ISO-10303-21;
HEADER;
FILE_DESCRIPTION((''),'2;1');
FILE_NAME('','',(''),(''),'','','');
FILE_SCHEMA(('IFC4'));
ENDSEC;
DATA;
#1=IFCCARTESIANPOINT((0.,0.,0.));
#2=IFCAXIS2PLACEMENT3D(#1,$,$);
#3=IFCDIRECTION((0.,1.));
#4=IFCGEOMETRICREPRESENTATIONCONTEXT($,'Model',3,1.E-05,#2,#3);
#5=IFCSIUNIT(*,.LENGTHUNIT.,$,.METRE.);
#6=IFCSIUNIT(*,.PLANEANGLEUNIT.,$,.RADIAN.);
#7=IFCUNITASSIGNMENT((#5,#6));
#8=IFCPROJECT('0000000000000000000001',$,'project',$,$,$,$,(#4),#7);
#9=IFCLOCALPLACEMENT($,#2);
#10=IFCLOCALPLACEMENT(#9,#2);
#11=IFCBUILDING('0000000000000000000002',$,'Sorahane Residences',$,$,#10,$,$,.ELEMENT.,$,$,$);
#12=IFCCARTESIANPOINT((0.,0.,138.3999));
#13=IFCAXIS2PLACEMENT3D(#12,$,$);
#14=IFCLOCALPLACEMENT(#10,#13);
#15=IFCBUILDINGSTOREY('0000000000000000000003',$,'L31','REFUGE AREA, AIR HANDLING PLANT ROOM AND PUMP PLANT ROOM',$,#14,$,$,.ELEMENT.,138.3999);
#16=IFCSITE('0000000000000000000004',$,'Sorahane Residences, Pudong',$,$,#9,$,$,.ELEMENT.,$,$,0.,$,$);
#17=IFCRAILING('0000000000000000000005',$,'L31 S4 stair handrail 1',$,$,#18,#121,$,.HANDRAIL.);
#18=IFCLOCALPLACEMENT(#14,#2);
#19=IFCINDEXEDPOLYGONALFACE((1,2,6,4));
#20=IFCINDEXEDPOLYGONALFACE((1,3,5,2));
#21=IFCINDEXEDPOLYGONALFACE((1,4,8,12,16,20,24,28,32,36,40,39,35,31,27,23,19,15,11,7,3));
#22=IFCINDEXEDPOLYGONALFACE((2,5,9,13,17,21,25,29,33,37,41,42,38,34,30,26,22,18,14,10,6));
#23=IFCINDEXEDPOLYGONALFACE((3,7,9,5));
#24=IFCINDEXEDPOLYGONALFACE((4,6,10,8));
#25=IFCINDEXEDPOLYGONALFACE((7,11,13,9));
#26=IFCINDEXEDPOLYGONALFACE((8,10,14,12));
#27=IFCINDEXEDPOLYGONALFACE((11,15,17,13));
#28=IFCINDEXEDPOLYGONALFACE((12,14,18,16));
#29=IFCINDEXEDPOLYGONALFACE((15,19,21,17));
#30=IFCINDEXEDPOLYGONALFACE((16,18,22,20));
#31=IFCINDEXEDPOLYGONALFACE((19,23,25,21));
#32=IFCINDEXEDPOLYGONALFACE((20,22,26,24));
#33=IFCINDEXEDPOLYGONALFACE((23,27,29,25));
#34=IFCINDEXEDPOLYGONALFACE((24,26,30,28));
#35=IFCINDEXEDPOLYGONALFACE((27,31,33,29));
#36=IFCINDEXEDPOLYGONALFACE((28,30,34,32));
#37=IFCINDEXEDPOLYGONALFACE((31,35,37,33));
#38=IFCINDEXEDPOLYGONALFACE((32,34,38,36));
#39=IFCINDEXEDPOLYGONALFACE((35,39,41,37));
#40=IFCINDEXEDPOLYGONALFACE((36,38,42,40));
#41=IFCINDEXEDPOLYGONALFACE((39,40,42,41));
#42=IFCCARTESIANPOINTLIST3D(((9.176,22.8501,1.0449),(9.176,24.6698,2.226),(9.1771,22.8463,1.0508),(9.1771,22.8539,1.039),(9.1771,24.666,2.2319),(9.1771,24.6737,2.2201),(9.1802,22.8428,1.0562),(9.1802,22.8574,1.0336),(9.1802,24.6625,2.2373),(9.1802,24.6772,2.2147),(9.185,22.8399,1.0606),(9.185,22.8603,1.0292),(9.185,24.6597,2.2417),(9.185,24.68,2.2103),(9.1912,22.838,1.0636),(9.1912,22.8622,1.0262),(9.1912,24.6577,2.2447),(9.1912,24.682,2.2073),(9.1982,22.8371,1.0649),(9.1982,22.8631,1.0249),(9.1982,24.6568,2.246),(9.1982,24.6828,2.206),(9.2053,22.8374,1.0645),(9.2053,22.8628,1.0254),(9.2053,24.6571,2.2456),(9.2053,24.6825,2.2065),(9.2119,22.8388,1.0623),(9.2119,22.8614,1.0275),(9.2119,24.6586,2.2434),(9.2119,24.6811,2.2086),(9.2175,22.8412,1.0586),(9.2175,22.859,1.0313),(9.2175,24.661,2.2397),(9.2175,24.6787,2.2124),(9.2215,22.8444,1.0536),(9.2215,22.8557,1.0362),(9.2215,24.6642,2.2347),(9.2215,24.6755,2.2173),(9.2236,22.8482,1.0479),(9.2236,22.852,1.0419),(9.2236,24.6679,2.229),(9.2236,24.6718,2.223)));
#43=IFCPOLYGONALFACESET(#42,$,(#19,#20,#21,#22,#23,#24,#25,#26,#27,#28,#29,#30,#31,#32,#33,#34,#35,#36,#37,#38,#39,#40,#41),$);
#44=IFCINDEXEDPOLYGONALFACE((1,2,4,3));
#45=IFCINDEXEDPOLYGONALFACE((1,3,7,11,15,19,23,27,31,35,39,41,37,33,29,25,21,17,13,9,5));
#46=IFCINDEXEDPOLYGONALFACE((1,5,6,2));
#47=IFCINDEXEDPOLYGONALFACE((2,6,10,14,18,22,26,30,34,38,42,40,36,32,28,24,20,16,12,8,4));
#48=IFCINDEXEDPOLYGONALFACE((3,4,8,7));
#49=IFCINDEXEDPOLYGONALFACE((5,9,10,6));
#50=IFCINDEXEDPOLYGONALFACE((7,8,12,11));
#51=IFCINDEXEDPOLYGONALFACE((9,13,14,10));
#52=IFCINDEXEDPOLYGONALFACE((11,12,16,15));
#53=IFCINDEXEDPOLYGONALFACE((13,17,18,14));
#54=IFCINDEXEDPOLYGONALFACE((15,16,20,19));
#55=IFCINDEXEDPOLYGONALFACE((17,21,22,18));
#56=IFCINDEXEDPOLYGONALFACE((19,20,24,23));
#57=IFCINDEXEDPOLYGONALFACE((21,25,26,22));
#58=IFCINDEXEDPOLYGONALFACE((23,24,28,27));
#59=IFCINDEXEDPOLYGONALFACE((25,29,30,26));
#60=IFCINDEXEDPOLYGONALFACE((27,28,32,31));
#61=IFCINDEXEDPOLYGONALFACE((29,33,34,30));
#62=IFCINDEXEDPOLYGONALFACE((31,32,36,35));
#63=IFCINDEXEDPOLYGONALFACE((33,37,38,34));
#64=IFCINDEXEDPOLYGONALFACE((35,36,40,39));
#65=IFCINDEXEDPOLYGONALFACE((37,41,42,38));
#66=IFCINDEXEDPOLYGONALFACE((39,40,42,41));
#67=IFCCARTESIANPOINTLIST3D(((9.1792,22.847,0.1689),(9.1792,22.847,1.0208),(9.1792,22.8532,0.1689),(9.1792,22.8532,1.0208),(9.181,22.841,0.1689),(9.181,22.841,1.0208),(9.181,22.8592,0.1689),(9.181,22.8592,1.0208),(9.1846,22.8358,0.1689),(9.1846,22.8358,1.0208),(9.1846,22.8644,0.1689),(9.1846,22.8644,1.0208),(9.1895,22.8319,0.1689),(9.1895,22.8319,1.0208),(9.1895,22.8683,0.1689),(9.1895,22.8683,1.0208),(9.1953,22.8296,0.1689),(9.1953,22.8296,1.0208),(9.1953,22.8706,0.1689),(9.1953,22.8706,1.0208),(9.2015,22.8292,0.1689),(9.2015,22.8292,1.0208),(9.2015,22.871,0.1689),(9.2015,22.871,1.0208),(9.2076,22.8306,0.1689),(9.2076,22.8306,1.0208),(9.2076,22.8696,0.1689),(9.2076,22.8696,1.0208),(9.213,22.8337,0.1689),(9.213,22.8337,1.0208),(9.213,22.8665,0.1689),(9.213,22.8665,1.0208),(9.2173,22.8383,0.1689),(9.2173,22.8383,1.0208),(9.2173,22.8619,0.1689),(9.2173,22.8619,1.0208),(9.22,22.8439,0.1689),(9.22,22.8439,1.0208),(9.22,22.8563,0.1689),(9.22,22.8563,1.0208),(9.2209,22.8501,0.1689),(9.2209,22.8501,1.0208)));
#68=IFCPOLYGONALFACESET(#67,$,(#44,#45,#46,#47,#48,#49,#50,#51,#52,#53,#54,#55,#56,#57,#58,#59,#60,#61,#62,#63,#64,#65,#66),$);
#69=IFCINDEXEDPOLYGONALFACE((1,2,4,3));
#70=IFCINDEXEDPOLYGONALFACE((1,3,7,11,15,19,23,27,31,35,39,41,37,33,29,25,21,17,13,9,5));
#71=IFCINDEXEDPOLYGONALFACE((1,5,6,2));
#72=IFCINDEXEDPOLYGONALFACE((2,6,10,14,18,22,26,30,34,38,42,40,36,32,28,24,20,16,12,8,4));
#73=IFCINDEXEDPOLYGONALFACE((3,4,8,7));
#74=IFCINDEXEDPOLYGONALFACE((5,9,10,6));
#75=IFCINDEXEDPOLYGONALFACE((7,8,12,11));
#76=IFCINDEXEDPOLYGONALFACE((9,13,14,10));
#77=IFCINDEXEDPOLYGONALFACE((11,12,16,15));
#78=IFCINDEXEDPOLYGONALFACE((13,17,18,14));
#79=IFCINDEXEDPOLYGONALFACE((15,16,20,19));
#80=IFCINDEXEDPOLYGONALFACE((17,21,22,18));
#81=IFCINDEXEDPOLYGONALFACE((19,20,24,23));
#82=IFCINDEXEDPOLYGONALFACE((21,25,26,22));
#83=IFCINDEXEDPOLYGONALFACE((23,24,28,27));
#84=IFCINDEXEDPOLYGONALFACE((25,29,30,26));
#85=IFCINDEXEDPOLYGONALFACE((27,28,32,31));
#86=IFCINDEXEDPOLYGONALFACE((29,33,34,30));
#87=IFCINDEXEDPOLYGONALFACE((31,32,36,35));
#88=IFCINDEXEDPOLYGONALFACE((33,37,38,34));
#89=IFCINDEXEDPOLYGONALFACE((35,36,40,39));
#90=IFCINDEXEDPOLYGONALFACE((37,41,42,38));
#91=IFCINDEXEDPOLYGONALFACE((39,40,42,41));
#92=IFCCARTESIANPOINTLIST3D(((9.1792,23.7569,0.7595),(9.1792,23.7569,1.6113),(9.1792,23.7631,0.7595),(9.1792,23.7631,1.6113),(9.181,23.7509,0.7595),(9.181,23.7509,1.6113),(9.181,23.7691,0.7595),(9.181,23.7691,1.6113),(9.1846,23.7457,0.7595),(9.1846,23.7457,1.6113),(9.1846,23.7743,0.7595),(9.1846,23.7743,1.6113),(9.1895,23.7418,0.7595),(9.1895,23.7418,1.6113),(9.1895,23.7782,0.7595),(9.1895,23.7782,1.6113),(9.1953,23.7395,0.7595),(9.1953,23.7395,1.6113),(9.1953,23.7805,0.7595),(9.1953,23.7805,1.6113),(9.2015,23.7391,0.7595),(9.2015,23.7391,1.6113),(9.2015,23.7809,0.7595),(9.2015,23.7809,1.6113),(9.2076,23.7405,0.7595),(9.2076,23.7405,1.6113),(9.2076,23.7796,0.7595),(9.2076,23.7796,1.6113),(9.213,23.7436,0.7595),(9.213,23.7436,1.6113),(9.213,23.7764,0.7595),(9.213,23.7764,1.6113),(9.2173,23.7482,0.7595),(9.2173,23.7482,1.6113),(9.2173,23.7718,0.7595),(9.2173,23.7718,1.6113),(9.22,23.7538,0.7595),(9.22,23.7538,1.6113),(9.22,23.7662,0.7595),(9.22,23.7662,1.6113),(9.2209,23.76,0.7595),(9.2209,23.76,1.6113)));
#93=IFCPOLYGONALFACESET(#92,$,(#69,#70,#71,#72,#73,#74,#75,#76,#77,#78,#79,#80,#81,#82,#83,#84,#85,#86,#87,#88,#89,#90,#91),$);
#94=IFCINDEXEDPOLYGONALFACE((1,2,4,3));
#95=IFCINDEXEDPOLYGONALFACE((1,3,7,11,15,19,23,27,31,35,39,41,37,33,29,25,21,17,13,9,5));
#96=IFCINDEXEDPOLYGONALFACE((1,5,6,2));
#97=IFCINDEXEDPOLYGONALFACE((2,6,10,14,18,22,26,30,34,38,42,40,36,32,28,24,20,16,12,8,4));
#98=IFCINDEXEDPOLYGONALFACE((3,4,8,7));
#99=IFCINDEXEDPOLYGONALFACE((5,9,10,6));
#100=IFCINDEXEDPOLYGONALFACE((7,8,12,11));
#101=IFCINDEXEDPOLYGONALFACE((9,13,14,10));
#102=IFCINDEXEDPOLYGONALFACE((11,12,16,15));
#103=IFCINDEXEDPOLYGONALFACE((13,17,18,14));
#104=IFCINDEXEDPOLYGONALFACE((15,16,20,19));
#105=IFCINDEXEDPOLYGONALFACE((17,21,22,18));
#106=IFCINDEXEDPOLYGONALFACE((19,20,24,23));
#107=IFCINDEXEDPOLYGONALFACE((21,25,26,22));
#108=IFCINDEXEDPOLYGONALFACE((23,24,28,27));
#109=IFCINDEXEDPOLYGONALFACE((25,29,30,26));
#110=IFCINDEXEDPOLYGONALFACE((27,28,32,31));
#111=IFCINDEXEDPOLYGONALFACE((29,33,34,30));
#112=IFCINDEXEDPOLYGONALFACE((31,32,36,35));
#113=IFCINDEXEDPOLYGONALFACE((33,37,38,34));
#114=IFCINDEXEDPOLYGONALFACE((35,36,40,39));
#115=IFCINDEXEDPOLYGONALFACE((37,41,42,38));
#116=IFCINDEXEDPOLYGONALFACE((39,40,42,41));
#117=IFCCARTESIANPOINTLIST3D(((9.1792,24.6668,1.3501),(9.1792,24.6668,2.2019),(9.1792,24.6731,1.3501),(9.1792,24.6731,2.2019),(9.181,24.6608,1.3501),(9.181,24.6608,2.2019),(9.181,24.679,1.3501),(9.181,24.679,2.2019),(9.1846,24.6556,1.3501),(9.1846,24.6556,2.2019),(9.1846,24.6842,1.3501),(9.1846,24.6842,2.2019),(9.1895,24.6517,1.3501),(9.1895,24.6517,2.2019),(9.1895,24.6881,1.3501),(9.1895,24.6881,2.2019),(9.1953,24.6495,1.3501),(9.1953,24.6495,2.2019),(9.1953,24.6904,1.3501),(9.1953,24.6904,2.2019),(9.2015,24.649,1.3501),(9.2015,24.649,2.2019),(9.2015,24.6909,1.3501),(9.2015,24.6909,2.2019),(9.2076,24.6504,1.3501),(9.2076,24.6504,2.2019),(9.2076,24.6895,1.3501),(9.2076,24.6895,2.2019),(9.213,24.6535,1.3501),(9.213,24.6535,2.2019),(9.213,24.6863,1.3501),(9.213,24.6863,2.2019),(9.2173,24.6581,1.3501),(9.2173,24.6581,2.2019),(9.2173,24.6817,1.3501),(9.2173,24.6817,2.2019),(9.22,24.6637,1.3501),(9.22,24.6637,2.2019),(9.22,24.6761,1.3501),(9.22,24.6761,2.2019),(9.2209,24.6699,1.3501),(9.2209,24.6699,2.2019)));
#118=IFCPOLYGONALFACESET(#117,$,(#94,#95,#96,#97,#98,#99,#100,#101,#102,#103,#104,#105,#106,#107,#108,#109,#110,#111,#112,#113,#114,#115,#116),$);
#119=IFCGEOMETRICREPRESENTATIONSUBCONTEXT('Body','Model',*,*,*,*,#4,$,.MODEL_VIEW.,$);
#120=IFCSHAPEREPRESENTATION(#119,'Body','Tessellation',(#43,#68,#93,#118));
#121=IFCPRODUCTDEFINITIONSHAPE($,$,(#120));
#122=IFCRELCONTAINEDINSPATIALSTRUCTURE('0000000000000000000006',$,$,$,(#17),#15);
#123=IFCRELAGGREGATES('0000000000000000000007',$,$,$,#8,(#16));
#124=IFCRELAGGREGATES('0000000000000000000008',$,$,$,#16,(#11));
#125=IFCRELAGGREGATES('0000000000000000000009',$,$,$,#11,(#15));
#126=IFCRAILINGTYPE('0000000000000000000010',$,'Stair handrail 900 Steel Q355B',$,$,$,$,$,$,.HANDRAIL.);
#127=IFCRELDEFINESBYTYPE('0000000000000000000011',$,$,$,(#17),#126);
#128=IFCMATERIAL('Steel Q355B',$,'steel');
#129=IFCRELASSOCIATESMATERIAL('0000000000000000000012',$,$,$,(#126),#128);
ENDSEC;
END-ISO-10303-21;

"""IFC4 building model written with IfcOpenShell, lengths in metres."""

from ifc_helpers import new_model, si_unit, direction, frame, origin, origin_2d, place, context, subcontext, project, spatial, circle, extrude, material, type_object, element, save


model = new_model("IFC4")

# Units and contexts
model_context = context("Model", 3, precision=1e-05, world=origin(), true_north=direction((0.0, 1.0)))
body_context = subcontext(model_context, "Body", "Model", "MODEL_VIEW")
ifc_project = project(units=[si_unit("LENGTHUNIT", "METRE"), si_unit("PLANEANGLEUNIT", "RADIAN")], contexts=[model_context])

# Site, building, storey
site_placement = place(None, origin())
site = spatial("IfcSite", under=ifc_project, at=site_placement, Name="Sorahane Residences, Pudong", CompositionType="ELEMENT", RefElevation=0.0)
building_placement = place(site_placement, origin())
building = spatial("IfcBuilding", under=site, at=building_placement, Name="Sorahane Residences", CompositionType="ELEMENT")
storey_placement = place(building_placement, frame((0.0, 0.0, 138.3999)))
storey = spatial("IfcBuildingStorey", under=building, at=storey_placement, Name="L31", Description="REFUGE AREA, AIR HANDLING PLANT ROOM AND PUMP PLANT ROOM", CompositionType="ELEMENT", Elevation=138.3999)

# Railing
ifc_material_1 = material(Name="Steel Q355B", Category="steel")
railing_type_1 = type_object("IfcRailingType", Name="Stair handrail 900 Steel Q355B", PredefinedType="HANDRAIL", material=ifc_material_1)
railing_1_placement = place(storey_placement, frame((9.2, 22.8501, 0.1689)))
element("IfcRailing", 1, at=railing_1_placement, inside=storey, type_object=railing_type_1, Name="L31 S4 stair handrail 1", PredefinedType="HANDRAIL", context=body_context, shape_type="SweptSolid", body=[
    extrude(circle(Radius=0.0239, at=origin_2d()), frame((0.0, 0.0, 0.876), z_axis=(0.0, 0.838809, 0.544427), x_axis=(-1.0, 0.0, 0.0)), (0.0, 0.0, 1.0), 2.1694),
    extrude(circle(Radius=0.021, at=origin_2d()), origin(), (0.0, 0.0, 1.0), 0.8518),
    extrude(circle(Radius=0.021, at=origin_2d()), frame((0.0, 0.9099, 0.5906)), (0.0, 0.0, 1.0), 0.8518),
    extrude(circle(Radius=0.021, at=origin_2d()), frame((0.0, 1.8198, 1.1812)), (0.0, 0.0, 1.0), 0.8518),
])

save(model, "model.ifc")
